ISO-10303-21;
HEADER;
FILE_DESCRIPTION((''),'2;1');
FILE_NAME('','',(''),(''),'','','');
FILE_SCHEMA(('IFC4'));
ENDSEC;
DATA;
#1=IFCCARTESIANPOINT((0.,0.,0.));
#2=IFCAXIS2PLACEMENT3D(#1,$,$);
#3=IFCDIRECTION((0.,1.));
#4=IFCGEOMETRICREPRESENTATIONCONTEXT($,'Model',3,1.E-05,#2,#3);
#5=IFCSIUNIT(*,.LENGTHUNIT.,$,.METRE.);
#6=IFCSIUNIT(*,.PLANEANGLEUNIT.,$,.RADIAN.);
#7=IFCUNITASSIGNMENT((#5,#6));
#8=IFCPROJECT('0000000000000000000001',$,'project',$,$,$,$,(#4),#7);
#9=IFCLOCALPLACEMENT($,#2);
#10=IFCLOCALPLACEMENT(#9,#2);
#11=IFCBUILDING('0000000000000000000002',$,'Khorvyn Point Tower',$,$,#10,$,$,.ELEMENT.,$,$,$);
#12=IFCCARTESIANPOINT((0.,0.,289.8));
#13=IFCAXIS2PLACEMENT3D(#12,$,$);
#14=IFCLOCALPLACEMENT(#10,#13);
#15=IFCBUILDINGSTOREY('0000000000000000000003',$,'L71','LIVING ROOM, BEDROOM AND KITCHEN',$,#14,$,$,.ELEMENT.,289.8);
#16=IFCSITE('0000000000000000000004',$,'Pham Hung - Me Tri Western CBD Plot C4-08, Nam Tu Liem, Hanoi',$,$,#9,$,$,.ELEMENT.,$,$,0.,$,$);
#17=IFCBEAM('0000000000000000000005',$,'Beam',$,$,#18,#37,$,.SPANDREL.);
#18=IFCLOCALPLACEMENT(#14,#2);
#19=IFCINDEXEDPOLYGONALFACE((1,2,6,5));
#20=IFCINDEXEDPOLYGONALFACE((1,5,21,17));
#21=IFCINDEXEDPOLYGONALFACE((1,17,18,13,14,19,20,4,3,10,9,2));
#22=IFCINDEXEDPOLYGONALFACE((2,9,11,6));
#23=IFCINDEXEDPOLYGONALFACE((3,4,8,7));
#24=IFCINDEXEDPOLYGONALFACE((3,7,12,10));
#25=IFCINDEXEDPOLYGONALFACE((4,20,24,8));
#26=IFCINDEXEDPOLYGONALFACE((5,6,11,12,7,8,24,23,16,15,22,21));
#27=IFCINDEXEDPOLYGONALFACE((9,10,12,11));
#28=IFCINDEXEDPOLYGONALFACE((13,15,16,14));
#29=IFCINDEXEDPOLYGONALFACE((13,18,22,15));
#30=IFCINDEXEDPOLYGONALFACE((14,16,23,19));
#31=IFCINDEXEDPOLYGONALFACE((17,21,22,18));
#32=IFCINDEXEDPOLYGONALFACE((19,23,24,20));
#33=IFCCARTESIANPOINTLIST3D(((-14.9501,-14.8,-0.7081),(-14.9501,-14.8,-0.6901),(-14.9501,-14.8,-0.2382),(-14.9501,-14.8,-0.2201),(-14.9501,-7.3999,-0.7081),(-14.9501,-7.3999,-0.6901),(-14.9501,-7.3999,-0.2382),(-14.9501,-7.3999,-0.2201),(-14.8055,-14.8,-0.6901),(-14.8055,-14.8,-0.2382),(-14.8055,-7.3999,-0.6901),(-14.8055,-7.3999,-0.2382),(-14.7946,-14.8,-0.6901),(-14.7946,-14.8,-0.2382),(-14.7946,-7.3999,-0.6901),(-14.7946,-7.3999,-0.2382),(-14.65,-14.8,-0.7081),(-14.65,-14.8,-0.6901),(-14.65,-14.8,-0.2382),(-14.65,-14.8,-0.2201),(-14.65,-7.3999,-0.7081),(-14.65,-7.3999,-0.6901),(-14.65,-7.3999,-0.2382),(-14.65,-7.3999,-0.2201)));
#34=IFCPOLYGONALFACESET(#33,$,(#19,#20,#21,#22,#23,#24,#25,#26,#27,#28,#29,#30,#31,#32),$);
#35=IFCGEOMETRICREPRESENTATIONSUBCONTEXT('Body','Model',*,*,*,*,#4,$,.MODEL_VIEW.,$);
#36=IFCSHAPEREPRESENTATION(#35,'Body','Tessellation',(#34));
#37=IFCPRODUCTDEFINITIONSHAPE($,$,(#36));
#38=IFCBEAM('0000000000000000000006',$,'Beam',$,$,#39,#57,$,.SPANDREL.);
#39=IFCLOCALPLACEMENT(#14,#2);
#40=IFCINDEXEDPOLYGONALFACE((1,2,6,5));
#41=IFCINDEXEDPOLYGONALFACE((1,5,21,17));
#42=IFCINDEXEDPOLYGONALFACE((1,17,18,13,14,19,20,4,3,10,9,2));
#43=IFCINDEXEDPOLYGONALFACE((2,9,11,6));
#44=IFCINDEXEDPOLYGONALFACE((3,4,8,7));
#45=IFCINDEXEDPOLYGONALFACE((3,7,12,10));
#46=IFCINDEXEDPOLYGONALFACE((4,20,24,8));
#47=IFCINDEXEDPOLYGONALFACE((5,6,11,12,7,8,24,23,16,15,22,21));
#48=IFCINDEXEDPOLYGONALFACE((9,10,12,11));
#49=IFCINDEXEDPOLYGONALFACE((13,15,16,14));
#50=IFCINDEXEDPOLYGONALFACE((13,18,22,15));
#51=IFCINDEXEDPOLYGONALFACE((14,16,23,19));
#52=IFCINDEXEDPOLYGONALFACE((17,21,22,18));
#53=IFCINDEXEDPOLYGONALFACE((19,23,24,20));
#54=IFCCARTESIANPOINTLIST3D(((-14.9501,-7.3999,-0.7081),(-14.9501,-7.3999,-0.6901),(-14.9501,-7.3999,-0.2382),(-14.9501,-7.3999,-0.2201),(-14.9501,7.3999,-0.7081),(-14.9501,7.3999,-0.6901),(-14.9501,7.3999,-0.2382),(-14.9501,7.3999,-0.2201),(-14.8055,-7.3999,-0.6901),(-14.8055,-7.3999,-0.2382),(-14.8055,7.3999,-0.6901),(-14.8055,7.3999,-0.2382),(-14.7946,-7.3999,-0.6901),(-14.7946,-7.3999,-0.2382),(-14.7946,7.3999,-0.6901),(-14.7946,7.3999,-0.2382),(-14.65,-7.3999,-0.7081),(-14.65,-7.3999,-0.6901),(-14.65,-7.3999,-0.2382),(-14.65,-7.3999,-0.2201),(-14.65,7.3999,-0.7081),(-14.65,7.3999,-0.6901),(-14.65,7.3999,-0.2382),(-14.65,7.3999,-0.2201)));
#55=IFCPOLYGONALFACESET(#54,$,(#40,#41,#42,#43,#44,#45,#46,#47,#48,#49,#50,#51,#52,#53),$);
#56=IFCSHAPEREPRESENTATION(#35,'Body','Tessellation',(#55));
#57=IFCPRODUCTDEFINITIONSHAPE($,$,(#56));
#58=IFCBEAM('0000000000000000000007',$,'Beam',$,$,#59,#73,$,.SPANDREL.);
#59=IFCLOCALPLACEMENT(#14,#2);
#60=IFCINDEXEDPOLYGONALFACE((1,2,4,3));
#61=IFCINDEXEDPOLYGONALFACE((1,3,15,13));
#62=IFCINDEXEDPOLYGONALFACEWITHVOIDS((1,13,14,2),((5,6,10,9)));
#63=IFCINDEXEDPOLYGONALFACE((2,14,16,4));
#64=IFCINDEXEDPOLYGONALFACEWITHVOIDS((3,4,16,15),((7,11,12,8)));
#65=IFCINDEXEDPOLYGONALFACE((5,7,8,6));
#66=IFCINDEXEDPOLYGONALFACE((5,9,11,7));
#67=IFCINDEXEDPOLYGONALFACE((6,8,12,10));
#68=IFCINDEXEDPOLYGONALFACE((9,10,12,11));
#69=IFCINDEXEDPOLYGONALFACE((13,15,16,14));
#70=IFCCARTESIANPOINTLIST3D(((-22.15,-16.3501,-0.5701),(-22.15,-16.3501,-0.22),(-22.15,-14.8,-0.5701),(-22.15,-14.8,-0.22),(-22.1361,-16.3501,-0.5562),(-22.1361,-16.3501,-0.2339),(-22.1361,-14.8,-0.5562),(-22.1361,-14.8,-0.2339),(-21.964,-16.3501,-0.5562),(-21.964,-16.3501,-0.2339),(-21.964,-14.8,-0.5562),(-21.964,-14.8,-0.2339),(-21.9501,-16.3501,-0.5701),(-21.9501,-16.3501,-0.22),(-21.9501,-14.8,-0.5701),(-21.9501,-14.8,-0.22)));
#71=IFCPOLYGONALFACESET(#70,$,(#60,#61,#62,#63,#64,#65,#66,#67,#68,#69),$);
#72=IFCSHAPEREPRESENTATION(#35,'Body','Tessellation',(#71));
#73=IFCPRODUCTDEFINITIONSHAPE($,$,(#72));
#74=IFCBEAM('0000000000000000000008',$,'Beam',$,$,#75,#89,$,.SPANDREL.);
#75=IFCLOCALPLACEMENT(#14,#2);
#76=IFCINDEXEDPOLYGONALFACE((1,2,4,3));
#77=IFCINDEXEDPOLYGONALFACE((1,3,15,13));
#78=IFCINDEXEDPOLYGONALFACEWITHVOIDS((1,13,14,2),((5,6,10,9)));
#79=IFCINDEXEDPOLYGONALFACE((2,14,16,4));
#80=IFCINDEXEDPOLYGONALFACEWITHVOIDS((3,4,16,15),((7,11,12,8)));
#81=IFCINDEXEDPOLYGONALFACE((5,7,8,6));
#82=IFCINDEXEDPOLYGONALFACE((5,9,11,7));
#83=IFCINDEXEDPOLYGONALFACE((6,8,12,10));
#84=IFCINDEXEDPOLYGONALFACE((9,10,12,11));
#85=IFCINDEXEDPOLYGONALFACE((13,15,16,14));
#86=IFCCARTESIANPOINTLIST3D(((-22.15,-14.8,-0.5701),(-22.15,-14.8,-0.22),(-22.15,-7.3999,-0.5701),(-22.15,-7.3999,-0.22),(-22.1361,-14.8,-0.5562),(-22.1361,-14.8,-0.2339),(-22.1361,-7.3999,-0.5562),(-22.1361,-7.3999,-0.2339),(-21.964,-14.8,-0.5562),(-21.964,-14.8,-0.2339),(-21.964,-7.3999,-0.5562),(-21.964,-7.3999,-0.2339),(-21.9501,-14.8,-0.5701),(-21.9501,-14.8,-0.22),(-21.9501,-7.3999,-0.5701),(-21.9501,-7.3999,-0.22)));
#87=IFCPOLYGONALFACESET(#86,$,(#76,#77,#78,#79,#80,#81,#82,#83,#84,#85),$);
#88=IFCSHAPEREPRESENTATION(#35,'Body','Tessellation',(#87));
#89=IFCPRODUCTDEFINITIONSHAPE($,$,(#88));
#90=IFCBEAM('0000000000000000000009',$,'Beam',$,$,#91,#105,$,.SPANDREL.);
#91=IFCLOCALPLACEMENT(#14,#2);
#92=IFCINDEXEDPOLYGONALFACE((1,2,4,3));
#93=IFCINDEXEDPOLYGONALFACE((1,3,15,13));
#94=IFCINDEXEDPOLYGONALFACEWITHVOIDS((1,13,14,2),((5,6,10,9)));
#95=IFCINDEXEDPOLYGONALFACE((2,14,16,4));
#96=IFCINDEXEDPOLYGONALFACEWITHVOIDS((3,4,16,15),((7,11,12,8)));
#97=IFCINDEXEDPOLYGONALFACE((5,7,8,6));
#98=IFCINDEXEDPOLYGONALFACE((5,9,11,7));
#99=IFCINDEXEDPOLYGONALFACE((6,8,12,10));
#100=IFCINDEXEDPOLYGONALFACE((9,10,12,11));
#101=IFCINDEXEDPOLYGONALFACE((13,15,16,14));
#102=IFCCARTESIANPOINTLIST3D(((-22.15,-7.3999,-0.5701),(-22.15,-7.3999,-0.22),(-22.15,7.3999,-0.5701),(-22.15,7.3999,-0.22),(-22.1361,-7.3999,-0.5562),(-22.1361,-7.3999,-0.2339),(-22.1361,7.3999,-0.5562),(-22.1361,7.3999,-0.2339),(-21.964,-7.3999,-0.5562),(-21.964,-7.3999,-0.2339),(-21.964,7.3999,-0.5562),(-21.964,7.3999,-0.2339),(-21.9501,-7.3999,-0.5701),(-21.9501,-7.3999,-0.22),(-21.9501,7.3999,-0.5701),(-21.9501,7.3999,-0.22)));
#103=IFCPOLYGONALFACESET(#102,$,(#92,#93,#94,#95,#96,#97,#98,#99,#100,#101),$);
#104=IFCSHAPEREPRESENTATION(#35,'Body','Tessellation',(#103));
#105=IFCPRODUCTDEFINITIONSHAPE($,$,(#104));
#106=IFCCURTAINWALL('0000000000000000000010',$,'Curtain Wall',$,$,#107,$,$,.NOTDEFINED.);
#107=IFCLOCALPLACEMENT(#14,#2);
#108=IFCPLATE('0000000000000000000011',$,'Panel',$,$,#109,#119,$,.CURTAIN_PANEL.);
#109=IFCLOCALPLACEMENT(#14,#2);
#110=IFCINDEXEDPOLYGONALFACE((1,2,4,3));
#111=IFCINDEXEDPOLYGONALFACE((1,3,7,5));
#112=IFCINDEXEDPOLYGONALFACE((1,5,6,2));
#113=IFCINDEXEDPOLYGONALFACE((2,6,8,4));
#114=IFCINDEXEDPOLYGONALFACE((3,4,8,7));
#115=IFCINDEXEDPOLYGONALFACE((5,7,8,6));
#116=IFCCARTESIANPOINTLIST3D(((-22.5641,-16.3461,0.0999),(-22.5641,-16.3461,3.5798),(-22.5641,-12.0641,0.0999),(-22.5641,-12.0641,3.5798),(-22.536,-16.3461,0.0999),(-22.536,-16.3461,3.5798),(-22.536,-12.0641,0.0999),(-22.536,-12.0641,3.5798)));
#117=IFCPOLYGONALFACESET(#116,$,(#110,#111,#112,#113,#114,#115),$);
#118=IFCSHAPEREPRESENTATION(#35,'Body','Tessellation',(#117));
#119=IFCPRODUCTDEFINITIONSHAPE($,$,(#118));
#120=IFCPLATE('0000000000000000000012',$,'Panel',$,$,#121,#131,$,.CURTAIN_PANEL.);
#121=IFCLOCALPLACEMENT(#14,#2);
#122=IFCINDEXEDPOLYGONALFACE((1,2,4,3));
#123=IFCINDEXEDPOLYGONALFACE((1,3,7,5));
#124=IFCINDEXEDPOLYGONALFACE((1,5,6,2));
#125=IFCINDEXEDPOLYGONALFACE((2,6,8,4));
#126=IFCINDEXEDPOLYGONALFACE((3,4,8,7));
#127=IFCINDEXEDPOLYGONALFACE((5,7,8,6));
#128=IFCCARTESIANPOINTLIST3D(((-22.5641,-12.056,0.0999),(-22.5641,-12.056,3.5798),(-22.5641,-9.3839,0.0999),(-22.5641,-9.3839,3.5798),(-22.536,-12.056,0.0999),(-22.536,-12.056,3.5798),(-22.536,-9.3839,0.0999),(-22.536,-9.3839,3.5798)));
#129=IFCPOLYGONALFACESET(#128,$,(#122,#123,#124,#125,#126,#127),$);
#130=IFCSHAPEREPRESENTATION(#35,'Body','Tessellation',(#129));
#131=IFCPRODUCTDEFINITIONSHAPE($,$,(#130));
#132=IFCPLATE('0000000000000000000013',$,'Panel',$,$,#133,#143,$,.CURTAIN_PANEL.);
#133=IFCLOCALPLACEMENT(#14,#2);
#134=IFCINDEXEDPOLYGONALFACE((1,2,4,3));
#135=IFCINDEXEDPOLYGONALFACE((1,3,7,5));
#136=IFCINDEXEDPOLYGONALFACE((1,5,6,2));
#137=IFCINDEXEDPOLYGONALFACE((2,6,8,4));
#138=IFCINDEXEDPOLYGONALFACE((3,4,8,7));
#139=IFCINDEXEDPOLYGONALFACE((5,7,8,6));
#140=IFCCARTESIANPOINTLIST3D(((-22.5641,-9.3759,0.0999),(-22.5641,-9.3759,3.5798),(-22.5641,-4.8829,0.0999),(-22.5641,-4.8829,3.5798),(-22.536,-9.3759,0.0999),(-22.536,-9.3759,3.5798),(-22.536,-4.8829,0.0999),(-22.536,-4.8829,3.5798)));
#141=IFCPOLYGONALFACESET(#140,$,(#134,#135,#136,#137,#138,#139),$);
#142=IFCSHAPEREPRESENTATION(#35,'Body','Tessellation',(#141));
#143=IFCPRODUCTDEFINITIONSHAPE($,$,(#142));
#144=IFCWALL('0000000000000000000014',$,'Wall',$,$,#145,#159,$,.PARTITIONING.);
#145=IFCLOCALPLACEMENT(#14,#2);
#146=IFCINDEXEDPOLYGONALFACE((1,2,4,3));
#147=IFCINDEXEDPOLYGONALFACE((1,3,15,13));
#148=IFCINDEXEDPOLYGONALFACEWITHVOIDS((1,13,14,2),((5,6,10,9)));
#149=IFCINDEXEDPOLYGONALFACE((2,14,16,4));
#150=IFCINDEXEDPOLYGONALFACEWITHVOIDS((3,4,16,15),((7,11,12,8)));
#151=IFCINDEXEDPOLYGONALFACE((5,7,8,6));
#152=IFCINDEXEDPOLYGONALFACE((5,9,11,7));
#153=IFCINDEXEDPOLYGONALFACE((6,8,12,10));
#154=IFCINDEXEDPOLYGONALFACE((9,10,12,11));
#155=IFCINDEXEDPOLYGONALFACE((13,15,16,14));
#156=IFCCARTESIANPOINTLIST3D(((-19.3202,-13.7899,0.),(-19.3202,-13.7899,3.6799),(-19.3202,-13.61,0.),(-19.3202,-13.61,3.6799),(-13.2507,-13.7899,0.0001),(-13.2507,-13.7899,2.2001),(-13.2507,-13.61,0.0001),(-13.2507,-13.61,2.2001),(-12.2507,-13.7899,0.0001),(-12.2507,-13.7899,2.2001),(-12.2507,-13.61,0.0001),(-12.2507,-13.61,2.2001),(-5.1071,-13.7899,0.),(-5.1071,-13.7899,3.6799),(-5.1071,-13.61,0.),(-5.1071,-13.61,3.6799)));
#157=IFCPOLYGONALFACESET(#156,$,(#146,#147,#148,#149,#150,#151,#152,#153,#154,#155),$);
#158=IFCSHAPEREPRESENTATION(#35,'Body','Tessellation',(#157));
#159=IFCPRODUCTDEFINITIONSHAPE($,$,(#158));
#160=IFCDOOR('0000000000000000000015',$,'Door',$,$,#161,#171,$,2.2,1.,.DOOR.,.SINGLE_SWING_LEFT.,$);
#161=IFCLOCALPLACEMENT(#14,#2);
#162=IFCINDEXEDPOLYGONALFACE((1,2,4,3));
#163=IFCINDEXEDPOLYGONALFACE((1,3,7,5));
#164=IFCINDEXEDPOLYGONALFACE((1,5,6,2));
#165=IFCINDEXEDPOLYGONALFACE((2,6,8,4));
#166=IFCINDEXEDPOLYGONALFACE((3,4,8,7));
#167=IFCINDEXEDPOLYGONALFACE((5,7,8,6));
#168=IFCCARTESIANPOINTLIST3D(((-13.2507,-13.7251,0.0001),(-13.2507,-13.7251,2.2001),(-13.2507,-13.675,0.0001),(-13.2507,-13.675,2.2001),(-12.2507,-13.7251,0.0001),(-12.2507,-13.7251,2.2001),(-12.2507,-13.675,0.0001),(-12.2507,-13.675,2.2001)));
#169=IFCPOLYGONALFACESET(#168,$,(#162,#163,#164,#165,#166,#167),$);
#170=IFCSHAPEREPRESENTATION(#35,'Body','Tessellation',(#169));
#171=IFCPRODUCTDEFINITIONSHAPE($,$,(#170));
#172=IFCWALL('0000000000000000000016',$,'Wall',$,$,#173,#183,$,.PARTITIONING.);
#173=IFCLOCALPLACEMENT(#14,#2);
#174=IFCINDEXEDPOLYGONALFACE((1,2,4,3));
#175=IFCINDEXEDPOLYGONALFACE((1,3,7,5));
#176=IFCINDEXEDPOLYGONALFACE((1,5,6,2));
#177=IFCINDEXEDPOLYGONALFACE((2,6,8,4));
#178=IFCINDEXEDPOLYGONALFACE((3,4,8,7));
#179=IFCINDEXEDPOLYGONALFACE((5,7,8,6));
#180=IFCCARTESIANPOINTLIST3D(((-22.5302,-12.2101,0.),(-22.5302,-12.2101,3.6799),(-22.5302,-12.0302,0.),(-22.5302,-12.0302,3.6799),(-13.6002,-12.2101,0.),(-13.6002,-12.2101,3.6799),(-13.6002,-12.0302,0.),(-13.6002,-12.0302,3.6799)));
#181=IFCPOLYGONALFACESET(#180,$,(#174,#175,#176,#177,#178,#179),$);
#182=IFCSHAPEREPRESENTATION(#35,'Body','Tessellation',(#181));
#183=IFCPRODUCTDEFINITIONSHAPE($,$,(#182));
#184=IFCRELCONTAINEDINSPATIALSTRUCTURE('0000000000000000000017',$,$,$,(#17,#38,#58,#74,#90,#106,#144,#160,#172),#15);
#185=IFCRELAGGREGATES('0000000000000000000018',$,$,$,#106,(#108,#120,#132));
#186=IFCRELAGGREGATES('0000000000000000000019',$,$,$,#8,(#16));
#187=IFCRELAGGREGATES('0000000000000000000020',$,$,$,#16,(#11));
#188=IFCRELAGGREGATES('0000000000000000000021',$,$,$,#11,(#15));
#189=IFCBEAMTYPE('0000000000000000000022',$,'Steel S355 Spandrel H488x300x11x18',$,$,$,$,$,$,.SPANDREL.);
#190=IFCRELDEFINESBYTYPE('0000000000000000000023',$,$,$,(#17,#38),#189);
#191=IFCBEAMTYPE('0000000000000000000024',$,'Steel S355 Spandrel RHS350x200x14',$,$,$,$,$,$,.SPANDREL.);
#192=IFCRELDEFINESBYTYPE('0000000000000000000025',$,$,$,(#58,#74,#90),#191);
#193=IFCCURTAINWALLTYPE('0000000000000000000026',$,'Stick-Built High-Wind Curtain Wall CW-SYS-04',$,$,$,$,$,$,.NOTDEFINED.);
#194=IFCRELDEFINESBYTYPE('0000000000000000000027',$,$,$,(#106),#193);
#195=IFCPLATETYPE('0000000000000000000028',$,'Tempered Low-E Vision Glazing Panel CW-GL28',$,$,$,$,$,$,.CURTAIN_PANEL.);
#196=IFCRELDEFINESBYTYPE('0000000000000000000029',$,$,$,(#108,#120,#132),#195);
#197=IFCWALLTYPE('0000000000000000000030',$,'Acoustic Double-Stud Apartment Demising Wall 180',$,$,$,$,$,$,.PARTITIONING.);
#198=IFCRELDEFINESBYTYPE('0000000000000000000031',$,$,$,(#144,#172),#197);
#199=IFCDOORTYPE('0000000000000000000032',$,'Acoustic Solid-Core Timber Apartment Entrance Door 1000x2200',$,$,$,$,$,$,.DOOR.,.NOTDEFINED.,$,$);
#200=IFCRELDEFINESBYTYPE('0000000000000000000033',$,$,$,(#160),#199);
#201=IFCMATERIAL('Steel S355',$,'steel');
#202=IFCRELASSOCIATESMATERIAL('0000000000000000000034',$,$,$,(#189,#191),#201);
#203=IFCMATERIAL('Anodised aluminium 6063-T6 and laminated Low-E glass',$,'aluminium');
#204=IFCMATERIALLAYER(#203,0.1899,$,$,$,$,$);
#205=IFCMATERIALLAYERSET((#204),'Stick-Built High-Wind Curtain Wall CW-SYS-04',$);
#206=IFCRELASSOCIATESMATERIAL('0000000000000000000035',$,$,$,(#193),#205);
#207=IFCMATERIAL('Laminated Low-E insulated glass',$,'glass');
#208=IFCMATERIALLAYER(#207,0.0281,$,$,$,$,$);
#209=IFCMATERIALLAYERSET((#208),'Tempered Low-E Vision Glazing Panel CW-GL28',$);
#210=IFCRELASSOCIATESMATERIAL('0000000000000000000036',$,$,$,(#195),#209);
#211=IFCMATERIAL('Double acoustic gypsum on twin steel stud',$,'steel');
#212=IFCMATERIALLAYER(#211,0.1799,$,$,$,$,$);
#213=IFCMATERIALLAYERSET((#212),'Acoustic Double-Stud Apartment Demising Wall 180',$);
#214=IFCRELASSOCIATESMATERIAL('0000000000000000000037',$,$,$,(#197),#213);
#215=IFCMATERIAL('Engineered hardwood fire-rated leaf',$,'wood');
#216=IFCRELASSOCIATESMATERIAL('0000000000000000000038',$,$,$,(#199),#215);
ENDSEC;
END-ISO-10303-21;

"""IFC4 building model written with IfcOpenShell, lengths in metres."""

from ifc_helpers import new_model, si_unit, direction, frame, frame_2d, origin, origin_2d, place, context, subcontext, project, spatial, rectangle, hollow_rectangle, i_section, extrude, material, layer, layer_set, material_profile, profile_set, type_object, element, fill, aggregate, save


model = new_model("IFC4")

# Units and contexts
model_context = context("Model", 3, precision=1e-05, world=origin(), true_north=direction((0.0, 1.0)))
body_context = subcontext(model_context, "Body", "Model", "MODEL_VIEW")
ifc_project = project(units=[si_unit("LENGTHUNIT", "METRE"), si_unit("PLANEANGLEUNIT", "RADIAN")], contexts=[model_context])

# Site, building, storey
site_placement = place(None, origin())
site = spatial("IfcSite", under=ifc_project, at=site_placement, Name="Pham Hung - Me Tri Western CBD Plot C4-08, Nam Tu Liem, Hanoi", CompositionType="ELEMENT", RefElevation=0.0)
building_placement = place(site_placement, origin())
building = spatial("IfcBuilding", under=site, at=building_placement, Name="Khorvyn Point Tower", CompositionType="ELEMENT")
storey_placement = place(building_placement, frame((0.0, 0.0, 289.8)))
storey = spatial("IfcBuildingStorey", under=building, at=storey_placement, Name="L71", Description="LIVING ROOM, BEDROOM AND KITCHEN", CompositionType="ELEMENT", Elevation=289.8)

# Shared definitions
ifc_material_1 = material(Name="Steel S355", Category="steel")

# Beams
ifc_material_profile_1 = material_profile(ifc_material_1, i_section(OverallWidth=0.3, OverallDepth=0.488, WebThickness=0.011, FlangeThickness=0.0181, at=origin_2d()))
ifc_profile_set_1 = profile_set([ifc_material_profile_1], Name="Steel S355 H488x300x11x18")
beam_type_1 = type_object("IfcBeamType", Name="Steel S355 Spandrel H488x300x11x18", PredefinedType="SPANDREL", material=ifc_profile_set_1)
beam_1_placement = place(storey_placement, frame((-14.8, -14.8, -0.4641), z_axis=(0.0, 1.0, 0.0), x_axis=(-1.0, 0.0, 0.0)))
element("IfcBeam", 1, at=beam_1_placement, inside=storey, type_object=beam_type_1, Name="Beam", PredefinedType="SPANDREL", context=body_context, shape_type="SweptSolid", body=[
    extrude(i_section(OverallWidth=0.3, OverallDepth=0.488, WebThickness=0.011, FlangeThickness=0.0181, at=origin_2d()), origin(), (0.0, 0.0, 1.0), 7.4001),
])
beam_2_placement = place(storey_placement, frame((-14.8, -7.3999, -0.4641), z_axis=(0.0, 1.0, 0.0), x_axis=(-1.0, 0.0, 0.0)))
element("IfcBeam", 2, at=beam_2_placement, inside=storey, type_object=beam_type_1, Name="Beam", PredefinedType="SPANDREL", context=body_context, shape_type="SweptSolid", body=[
    extrude(i_section(OverallWidth=0.3, OverallDepth=0.488, WebThickness=0.011, FlangeThickness=0.0181, at=origin_2d()), origin(), (0.0, 0.0, 1.0), 14.7998),
])
ifc_material_profile_2 = material_profile(ifc_material_1, hollow_rectangle(XDim=0.2, YDim=0.3501, WallThickness=0.0139, at=origin_2d()))
ifc_profile_set_2 = profile_set([ifc_material_profile_2], Name="Steel S355 RHS350x200x14")
beam_type_2 = type_object("IfcBeamType", Name="Steel S355 Spandrel RHS350x200x14", PredefinedType="SPANDREL", material=ifc_profile_set_2)
beam_3_placement = place(storey_placement, frame((-22.05, -16.3501, -0.395), z_axis=(0.0, 1.0, 0.0), x_axis=(-1.0, 0.0, 0.0)))
element("IfcBeam", 3, at=beam_3_placement, inside=storey, type_object=beam_type_2, Name="Beam", PredefinedType="SPANDREL", context=body_context, shape_type="SweptSolid", body=[
    extrude(hollow_rectangle(XDim=0.2, YDim=0.3501, WallThickness=0.0139, at=origin_2d()), origin(), (0.0, 0.0, 1.0), 1.55),
])
beam_4_placement = place(storey_placement, frame((-22.05, -14.8, -0.395), z_axis=(0.0, 1.0, 0.0), x_axis=(-1.0, 0.0, 0.0)))
element("IfcBeam", 4, at=beam_4_placement, inside=storey, type_object=beam_type_2, Name="Beam", PredefinedType="SPANDREL", context=body_context, shape_type="SweptSolid", body=[
    extrude(hollow_rectangle(XDim=0.2, YDim=0.3501, WallThickness=0.0139, at=origin_2d()), origin(), (0.0, 0.0, 1.0), 7.4001),
])
beam_5_placement = place(storey_placement, frame((-22.05, -7.3999, -0.395), z_axis=(0.0, 1.0, 0.0), x_axis=(-1.0, 0.0, 0.0)))
element("IfcBeam", 5, at=beam_5_placement, inside=storey, type_object=beam_type_2, Name="Beam", PredefinedType="SPANDREL", context=body_context, shape_type="SweptSolid", body=[
    extrude(hollow_rectangle(XDim=0.2, YDim=0.3501, WallThickness=0.0139, at=origin_2d()), origin(), (0.0, 0.0, 1.0), 14.7998),
])

# Curtain wall, plates
ifc_material_2 = material(Name="Anodised aluminium 6063-T6 and laminated Low-E glass", Category="aluminium")
ifc_layer_1 = layer(ifc_material_2, 0.1899)
ifc_layer_set_1 = layer_set([ifc_layer_1], Name="Stick-Built High-Wind Curtain Wall CW-SYS-04")
curtain_wall_type = type_object("IfcCurtainWallType", Name="Stick-Built High-Wind Curtain Wall CW-SYS-04", PredefinedType="NOTDEFINED", material=ifc_layer_set_1)
curtain_wall_placement = place(storey_placement, origin())
curtain_wall = element("IfcCurtainWall", 6, at=curtain_wall_placement, inside=storey, type_object=curtain_wall_type, Name="Curtain Wall", PredefinedType="NOTDEFINED")
ifc_material_3 = material(Name="Laminated Low-E insulated glass", Category="glass")
ifc_layer_2 = layer(ifc_material_3, 0.0281)
ifc_layer_set_2 = layer_set([ifc_layer_2], Name="Tempered Low-E Vision Glazing Panel CW-GL28")
plate_type = type_object("IfcPlateType", Name="Tempered Low-E Vision Glazing Panel CW-GL28", PredefinedType="CURTAIN_PANEL", material=ifc_layer_set_2)
plate_1_placement = place(storey_placement, frame((-22.55, -14.2051, 0.0999), z_axis=(0.0, 0.0, 1.0), x_axis=(0.0, 1.0, 0.0)))
plate_1 = element("IfcPlate", 7, at=plate_1_placement, type_object=plate_type, Name="Panel", PredefinedType="CURTAIN_PANEL", context=body_context, shape_type="SweptSolid", body=[
    extrude(rectangle(XDim=4.282, YDim=0.0281, at=origin_2d()), origin(), (0.0, 0.0, 1.0), 3.48),
])
plate_2_placement = place(storey_placement, frame((-22.55, -10.72, 0.0999), z_axis=(0.0, 0.0, 1.0), x_axis=(0.0, 1.0, 0.0)))
plate_2 = element("IfcPlate", 8, at=plate_2_placement, type_object=plate_type, Name="Panel", PredefinedType="CURTAIN_PANEL", context=body_context, shape_type="SweptSolid", body=[
    extrude(rectangle(XDim=2.6721, YDim=0.0281, at=origin_2d()), origin(), (0.0, 0.0, 1.0), 3.48),
])
plate_3_placement = place(storey_placement, frame((-22.55, -7.1294, 0.0999), z_axis=(0.0, 0.0, 1.0), x_axis=(0.0, 1.0, 0.0)))
plate_3 = element("IfcPlate", 9, at=plate_3_placement, type_object=plate_type, Name="Panel", PredefinedType="CURTAIN_PANEL", context=body_context, shape_type="SweptSolid", body=[
    extrude(rectangle(XDim=4.4929, YDim=0.0281, at=origin_2d()), origin(), (0.0, 0.0, 1.0), 3.48),
])
aggregate(curtain_wall, [plate_1, plate_2, plate_3])

# Wall, opening, door
ifc_material_4 = material(Name="Double acoustic gypsum on twin steel stud", Category="steel")
ifc_layer_3 = layer(ifc_material_4, 0.1799)
ifc_layer_set_3 = layer_set([ifc_layer_3], Name="Acoustic Double-Stud Apartment Demising Wall 180")
wall_type_1 = type_object("IfcWallType", Name="Acoustic Double-Stud Apartment Demising Wall 180", PredefinedType="PARTITIONING", material=ifc_layer_set_3)
wall_1_placement = place(storey_placement, frame((-19.3201, -13.7, 0.0), z_axis=(0.0, 0.0, 1.0), x_axis=(1.0, 0.0, 0.0)))
wall_1 = element("IfcWall", 10, at=wall_1_placement, inside=storey, type_object=wall_type_1, Name="Wall", PredefinedType="PARTITIONING", context=body_context, shape_type="SweptSolid", body=[
    extrude(rectangle(XDim=14.2131, YDim=0.1799, at=frame_2d((7.1064, 0.0))), origin(), (0.0, 0.0, 1.0), 3.6799),
])
opening_1_placement = place(wall_1_placement, frame((6.0693, 0.0, 0.0)))
opening_1 = element("IfcOpeningElement", 11, at=opening_1_placement, cuts=wall_1, PredefinedType="OPENING", context=body_context, shape_type="SweptSolid", body=[
    extrude(rectangle(XDim=1.0, YDim=2.2, at=frame_2d((0.5, 1.1001))), frame((0.0, 0.0999, 0.0), z_axis=(0.0, -1.0, 0.0), x_axis=(1.0, 0.0, 0.0)), (0.0, 0.0, 1.0), 0.2),
])
ifc_material_5 = material(Name="Engineered hardwood fire-rated leaf", Category="wood")
door_type_1 = type_object("IfcDoorType", Name="Acoustic Solid-Core Timber Apartment Entrance Door 1000x2200", OperationType="NOTDEFINED", PredefinedType="DOOR", material=ifc_material_5)
door_1_placement = place(opening_1_placement, origin())
door_1 = element("IfcDoor", 12, at=door_1_placement, inside=storey, type_object=door_type_1, Name="Door", OperationType="SINGLE_SWING_LEFT", OverallHeight=2.2, OverallWidth=1.0, PredefinedType="DOOR", context=body_context, shape_type="SweptSolid", body=[
    extrude(rectangle(XDim=1.0, YDim=2.2, at=frame_2d((0.5, 1.1001))), frame((0.0, 0.0249, 0.0), z_axis=(0.0, -1.0, 0.0), x_axis=(1.0, 0.0, 0.0)), (0.0, 0.0, 1.0), 0.05),
])
fill(opening_1, door_1)

# Wall
wall_2_placement = place(storey_placement, frame((-22.53, -12.1201, 0.0), z_axis=(0.0, 0.0, 1.0), x_axis=(1.0, 0.0, 0.0)))
element("IfcWall", 13, at=wall_2_placement, inside=storey, type_object=wall_type_1, Name="Wall", PredefinedType="PARTITIONING", context=body_context, shape_type="SweptSolid", body=[
    extrude(rectangle(XDim=8.9299, YDim=0.1799, at=frame_2d((4.4648, 0.0))), origin(), (0.0, 0.0, 1.0), 3.6799),
])

save(model, "model.ifc")
